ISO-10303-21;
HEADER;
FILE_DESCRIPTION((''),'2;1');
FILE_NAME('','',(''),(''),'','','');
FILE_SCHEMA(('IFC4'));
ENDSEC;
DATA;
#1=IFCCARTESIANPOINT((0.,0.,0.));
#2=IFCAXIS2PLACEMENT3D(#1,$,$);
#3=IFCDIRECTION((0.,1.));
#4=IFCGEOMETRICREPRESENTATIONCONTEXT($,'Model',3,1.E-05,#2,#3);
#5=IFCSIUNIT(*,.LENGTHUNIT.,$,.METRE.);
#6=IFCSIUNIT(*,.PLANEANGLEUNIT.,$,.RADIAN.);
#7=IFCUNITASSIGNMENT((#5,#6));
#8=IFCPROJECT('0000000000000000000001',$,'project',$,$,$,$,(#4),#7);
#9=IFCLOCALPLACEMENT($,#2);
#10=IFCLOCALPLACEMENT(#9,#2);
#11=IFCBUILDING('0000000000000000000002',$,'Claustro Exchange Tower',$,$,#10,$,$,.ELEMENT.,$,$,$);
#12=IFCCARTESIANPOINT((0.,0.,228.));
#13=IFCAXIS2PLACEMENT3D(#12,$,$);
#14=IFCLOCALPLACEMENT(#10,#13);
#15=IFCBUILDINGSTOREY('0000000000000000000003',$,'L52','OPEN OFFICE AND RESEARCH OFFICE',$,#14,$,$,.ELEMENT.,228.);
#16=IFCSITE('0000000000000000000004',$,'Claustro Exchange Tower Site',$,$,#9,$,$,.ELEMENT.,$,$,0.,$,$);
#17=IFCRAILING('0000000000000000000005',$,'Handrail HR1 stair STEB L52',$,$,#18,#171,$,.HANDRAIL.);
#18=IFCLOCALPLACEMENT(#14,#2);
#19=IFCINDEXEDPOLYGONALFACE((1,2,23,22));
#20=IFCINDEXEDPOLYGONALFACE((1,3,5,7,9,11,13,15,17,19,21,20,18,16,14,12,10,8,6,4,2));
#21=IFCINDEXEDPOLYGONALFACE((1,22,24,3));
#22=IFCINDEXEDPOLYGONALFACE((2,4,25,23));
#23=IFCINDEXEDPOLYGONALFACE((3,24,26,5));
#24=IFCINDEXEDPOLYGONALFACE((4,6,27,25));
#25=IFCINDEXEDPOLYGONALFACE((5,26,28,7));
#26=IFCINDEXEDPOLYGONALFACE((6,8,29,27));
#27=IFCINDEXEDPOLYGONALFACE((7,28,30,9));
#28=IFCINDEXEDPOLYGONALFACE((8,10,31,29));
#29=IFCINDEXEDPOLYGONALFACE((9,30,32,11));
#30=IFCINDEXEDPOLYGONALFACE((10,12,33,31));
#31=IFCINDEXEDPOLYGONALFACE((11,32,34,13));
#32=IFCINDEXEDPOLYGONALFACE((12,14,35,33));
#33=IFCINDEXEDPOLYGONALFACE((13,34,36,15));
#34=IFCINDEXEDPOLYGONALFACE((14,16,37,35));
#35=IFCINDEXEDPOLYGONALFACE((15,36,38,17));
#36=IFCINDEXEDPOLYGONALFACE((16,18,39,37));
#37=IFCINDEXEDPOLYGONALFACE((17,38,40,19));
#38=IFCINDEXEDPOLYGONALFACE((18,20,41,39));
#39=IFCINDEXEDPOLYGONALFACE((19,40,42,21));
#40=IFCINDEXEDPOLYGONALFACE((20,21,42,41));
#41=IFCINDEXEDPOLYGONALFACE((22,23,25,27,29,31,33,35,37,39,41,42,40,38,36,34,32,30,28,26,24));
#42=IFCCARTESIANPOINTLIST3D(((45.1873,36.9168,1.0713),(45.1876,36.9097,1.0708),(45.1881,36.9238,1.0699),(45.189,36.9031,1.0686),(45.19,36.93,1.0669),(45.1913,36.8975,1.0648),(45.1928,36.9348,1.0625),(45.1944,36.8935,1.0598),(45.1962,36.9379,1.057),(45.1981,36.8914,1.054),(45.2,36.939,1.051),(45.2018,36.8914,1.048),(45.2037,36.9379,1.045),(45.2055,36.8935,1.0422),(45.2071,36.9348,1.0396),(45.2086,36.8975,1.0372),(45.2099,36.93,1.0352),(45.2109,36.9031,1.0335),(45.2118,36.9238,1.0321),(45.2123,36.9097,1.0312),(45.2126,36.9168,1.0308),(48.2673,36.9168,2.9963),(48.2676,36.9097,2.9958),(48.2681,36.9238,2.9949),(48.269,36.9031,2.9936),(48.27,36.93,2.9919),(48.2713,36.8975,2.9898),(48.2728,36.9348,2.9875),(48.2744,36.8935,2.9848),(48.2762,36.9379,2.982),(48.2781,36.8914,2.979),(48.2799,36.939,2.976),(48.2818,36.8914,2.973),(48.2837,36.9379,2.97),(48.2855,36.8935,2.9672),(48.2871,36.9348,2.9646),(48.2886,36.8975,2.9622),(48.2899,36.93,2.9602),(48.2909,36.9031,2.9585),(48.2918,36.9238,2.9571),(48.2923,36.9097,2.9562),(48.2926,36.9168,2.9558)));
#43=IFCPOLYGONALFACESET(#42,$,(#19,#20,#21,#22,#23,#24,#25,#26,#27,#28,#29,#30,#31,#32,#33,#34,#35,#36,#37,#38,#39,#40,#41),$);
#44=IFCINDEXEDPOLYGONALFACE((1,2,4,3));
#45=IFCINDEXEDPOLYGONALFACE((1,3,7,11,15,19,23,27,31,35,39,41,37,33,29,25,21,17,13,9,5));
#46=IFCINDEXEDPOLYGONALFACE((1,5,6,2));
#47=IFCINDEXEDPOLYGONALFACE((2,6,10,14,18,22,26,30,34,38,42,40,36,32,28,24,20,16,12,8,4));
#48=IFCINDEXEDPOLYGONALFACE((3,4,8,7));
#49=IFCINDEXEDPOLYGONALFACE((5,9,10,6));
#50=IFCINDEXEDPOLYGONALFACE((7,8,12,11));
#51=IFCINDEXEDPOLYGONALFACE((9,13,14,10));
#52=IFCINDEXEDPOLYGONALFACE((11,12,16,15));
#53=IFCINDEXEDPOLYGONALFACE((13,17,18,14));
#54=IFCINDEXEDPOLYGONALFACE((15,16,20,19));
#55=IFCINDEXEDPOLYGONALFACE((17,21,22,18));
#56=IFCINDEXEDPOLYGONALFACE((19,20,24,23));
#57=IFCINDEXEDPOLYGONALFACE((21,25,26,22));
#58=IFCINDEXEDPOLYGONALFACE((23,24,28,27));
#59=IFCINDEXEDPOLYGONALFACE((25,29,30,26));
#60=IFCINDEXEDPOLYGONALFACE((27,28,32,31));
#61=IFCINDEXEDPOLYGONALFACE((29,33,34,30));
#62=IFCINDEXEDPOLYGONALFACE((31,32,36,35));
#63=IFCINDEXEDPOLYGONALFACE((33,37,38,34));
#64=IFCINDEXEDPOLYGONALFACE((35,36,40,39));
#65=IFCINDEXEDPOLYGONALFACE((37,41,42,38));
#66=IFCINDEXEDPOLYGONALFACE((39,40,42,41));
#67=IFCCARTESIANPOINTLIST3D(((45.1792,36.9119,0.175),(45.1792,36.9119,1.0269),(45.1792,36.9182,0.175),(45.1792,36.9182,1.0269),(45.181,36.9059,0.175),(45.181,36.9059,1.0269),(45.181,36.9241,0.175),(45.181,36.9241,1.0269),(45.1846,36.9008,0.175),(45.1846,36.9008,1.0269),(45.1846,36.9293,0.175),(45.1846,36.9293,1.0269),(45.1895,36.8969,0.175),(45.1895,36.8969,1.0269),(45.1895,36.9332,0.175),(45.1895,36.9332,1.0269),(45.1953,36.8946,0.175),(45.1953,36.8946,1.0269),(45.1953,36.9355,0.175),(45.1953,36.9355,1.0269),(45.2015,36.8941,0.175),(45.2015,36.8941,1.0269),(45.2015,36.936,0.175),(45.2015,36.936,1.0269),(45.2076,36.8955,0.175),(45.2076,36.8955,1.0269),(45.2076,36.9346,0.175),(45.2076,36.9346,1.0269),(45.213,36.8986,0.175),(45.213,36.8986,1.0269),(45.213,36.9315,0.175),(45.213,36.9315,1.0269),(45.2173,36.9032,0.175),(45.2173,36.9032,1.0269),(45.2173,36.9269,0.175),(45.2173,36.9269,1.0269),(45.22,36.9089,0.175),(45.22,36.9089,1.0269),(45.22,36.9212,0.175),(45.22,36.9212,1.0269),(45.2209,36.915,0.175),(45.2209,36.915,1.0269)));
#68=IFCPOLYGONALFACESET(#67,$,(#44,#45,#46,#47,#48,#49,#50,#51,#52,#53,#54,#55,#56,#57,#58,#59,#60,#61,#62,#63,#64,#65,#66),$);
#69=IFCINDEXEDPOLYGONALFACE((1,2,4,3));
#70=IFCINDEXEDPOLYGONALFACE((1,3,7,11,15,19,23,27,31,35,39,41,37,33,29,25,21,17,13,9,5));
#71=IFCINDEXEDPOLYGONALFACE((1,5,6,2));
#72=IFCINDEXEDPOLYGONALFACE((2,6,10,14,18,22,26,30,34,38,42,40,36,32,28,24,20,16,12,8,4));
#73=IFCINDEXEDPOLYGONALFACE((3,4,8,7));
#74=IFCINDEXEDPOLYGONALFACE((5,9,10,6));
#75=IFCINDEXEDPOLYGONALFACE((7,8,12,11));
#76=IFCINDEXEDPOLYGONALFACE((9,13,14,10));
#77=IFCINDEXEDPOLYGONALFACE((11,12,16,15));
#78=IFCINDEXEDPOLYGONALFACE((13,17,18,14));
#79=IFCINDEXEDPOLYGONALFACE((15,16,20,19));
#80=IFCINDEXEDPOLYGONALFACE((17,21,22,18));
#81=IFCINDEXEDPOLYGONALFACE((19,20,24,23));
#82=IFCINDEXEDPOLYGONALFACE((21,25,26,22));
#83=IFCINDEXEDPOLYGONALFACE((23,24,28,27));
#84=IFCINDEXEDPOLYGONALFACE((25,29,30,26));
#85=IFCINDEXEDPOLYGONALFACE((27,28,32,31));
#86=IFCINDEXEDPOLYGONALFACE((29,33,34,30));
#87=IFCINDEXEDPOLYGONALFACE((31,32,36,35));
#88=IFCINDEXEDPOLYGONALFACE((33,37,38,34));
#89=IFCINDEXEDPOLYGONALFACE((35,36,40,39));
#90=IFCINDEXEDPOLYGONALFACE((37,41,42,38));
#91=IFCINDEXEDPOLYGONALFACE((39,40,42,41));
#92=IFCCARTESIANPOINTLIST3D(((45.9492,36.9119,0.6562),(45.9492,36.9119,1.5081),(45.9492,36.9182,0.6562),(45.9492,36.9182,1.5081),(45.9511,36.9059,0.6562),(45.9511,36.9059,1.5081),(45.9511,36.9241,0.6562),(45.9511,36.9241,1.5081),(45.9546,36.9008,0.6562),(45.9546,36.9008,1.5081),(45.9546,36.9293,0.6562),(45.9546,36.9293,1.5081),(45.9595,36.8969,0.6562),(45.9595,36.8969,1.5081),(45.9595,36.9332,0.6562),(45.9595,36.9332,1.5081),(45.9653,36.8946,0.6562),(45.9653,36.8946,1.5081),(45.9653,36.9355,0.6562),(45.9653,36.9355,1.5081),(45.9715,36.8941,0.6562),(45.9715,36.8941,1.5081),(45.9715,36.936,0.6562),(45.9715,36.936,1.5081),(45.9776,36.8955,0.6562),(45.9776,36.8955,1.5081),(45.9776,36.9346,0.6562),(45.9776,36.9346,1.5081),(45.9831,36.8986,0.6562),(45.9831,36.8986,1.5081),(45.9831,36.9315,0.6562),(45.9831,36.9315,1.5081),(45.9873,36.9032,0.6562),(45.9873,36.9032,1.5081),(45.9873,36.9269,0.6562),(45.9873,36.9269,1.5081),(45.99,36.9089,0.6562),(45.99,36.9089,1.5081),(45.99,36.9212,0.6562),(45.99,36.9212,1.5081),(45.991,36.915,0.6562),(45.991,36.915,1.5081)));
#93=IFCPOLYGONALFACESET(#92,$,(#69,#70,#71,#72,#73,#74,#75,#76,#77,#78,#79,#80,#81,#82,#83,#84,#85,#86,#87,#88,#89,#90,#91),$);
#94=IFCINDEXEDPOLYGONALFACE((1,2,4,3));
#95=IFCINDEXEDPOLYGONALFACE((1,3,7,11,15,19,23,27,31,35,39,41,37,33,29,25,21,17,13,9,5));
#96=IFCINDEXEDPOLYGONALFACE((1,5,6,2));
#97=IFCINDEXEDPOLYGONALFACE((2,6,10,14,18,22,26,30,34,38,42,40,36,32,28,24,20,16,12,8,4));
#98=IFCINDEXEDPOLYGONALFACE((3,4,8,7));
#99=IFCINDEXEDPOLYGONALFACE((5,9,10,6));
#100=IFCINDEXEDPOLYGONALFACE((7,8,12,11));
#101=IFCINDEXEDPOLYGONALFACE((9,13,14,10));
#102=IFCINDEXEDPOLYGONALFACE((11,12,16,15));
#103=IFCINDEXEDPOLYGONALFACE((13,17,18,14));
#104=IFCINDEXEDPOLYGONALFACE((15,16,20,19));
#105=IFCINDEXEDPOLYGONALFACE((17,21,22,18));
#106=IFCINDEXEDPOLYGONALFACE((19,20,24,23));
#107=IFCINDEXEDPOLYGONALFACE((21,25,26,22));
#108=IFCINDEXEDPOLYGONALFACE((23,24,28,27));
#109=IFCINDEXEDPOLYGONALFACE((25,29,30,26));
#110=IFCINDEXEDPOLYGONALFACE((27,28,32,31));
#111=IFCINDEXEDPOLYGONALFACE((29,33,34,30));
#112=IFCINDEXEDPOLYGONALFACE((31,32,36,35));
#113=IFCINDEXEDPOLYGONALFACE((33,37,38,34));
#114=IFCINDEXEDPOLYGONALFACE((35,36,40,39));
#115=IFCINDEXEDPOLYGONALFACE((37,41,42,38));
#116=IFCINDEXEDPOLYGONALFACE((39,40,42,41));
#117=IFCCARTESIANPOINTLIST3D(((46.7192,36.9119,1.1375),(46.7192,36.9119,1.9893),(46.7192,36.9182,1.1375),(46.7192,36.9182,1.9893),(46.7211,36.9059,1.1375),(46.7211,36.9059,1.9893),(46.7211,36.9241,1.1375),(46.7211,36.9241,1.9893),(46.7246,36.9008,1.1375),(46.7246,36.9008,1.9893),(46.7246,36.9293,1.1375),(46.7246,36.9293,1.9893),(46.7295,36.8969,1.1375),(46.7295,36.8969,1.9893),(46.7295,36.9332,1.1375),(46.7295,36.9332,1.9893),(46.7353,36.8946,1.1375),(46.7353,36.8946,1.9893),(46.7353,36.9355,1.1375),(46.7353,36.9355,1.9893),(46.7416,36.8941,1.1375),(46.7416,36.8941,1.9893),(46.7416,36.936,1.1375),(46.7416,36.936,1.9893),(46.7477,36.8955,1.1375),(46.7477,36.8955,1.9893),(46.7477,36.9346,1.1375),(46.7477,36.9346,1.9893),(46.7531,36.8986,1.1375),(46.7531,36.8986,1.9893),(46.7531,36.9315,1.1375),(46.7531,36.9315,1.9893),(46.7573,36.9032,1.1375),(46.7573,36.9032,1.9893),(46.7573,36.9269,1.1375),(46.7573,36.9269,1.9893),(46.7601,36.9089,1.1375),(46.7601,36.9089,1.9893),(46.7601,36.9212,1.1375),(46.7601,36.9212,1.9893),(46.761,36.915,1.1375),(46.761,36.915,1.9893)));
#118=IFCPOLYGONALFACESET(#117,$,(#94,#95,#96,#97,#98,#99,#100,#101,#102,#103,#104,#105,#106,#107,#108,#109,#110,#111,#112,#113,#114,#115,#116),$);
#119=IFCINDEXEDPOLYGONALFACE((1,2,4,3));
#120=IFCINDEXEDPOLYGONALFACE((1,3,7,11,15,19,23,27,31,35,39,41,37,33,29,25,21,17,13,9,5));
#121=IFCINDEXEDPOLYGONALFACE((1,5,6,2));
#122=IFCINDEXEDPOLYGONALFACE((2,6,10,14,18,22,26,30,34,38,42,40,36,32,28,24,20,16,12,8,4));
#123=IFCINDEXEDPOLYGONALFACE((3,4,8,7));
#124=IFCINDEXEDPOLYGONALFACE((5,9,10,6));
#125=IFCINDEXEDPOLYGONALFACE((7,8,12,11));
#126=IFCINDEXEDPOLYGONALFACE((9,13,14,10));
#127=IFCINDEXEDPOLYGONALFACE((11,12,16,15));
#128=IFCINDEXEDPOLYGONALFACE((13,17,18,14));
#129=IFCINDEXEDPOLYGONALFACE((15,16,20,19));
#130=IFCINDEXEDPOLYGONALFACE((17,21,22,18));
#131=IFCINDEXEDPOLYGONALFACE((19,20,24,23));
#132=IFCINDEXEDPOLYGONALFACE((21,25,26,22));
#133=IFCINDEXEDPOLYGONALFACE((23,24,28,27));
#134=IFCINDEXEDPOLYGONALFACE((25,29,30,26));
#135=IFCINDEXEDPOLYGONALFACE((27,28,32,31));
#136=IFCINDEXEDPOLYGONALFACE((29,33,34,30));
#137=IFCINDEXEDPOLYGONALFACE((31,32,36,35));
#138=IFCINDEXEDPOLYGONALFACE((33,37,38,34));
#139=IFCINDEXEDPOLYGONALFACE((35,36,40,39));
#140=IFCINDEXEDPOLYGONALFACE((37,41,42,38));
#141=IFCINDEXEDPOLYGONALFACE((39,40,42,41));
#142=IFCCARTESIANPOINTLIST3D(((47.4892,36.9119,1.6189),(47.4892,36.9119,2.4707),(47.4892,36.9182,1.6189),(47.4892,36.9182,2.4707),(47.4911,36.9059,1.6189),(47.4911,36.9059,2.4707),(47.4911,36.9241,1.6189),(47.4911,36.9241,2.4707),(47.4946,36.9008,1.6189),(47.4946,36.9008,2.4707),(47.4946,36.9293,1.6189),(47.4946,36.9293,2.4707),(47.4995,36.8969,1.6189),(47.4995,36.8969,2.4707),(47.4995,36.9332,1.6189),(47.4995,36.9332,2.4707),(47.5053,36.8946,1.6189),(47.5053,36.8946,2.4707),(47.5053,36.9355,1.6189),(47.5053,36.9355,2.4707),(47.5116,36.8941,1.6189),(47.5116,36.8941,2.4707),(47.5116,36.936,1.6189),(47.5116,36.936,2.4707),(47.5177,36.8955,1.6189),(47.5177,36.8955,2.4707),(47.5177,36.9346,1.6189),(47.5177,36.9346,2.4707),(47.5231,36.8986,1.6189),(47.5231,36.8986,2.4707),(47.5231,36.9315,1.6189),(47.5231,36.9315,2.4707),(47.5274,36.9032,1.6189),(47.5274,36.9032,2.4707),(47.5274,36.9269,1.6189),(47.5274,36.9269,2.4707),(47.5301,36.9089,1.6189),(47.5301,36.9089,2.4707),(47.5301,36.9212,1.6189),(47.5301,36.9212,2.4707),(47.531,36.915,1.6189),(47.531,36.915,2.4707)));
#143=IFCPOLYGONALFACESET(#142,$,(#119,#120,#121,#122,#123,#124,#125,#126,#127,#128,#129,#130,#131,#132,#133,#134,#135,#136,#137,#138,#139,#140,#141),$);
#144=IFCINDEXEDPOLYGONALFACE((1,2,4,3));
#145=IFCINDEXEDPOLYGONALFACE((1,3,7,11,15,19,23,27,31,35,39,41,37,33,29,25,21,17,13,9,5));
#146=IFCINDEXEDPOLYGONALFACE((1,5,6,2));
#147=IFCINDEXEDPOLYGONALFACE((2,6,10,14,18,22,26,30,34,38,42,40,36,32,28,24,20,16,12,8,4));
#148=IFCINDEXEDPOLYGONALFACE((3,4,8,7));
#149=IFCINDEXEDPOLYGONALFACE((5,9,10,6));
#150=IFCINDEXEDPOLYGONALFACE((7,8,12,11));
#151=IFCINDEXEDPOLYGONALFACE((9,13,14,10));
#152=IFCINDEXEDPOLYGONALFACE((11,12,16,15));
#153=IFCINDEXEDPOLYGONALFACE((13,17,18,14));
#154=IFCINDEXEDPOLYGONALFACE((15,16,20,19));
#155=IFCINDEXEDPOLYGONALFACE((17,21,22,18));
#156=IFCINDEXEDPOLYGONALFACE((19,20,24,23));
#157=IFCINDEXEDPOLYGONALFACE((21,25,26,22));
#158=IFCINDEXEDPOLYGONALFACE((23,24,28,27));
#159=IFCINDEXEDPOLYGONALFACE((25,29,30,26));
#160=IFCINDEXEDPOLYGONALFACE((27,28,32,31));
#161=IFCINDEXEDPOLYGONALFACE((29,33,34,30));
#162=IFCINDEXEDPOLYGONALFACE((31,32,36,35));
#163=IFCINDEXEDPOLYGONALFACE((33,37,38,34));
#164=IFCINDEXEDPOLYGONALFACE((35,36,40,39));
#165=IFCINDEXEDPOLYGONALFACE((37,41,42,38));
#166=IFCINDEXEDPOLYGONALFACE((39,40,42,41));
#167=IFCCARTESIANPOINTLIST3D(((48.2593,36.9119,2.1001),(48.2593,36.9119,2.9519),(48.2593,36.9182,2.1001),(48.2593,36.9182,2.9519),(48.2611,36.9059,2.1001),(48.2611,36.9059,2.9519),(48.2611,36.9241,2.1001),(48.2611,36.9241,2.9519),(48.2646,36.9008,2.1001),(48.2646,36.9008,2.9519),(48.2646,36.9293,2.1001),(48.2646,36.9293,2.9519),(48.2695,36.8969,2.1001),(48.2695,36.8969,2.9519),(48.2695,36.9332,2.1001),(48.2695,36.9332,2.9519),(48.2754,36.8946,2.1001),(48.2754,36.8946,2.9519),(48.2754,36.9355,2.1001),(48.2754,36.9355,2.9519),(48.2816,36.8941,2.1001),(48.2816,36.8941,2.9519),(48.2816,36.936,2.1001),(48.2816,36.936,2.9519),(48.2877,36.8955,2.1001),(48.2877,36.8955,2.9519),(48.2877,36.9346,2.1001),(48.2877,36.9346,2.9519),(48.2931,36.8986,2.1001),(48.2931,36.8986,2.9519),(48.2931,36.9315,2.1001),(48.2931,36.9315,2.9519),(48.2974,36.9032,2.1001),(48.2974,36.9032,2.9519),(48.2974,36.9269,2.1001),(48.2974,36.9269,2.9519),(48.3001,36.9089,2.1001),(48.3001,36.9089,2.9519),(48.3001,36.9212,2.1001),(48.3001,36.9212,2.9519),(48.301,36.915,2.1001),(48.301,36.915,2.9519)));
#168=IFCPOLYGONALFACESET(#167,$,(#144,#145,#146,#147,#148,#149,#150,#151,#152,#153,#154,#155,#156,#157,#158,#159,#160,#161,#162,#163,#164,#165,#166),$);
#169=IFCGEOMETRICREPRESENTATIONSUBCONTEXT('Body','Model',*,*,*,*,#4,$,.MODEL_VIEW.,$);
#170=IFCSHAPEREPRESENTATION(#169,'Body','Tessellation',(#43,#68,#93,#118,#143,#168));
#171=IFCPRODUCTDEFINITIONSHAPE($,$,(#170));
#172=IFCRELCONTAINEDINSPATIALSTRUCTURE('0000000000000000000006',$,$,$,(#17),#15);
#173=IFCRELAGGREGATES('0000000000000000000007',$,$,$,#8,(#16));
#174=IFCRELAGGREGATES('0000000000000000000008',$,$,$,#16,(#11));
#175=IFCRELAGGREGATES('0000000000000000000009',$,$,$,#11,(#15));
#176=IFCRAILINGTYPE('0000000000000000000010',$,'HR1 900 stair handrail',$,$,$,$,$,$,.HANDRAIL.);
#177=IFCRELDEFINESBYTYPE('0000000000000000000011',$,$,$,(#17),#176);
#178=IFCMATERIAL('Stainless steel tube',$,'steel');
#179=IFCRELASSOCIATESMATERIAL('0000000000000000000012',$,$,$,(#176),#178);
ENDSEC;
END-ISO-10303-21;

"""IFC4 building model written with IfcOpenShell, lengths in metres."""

from ifc_helpers import new_model, si_unit, direction, frame, origin, origin_2d, place, context, subcontext, project, spatial, circle, extrude, material, type_object, element, save


model = new_model("IFC4")

# Units and contexts
model_context = context("Model", 3, precision=1e-05, world=origin(), true_north=direction((0.0, 1.0)))
body_context = subcontext(model_context, "Body", "Model", "MODEL_VIEW")
ifc_project = project(units=[si_unit("LENGTHUNIT", "METRE"), si_unit("PLANEANGLEUNIT", "RADIAN")], contexts=[model_context])

# Site, building, storey
site_placement = place(None, origin())
site = spatial("IfcSite", under=ifc_project, at=site_placement, Name="Claustro Exchange Tower Site", CompositionType="ELEMENT", RefElevation=0.0)
building_placement = place(site_placement, origin())
building = spatial("IfcBuilding", under=site, at=building_placement, Name="Claustro Exchange Tower", CompositionType="ELEMENT")
storey_placement = place(building_placement, frame((0.0, 0.0, 228.0)))
storey = spatial("IfcBuildingStorey", under=building, at=storey_placement, Name="L52", Description="OPEN OFFICE AND RESEARCH OFFICE", CompositionType="ELEMENT", Elevation=228.0)

# Railing
ifc_material_1 = material(Name="Stainless steel tube", Category="steel")
railing_type_1 = type_object("IfcRailingType", Name="HR1 900 stair handrail", PredefinedType="HANDRAIL", material=ifc_material_1)
railing_1_placement = place(storey_placement, frame((45.2, 36.915, 0.175)))
element("IfcRailing", 1, at=railing_1_placement, inside=storey, type_object=railing_type_1, Name="Handrail HR1 stair STEB L52", PredefinedType="HANDRAIL", context=body_context, shape_type="SweptSolid", body=[
    extrude(circle(Radius=0.0239, at=origin_2d()), frame((0.0, 0.0, 0.876), z_axis=(0.847998, 0.0, 0.529999), x_axis=(0.0, 1.0, 0.0)), (0.0, 0.0, 1.0), 3.6321),
    extrude(circle(Radius=0.021, at=origin_2d()), origin(), (0.0, 0.0, 1.0), 0.8518),
    extrude(circle(Radius=0.021, at=origin_2d()), frame((0.77, 0.0, 0.4812)), (0.0, 0.0, 1.0), 0.8518),
    extrude(circle(Radius=0.021, at=origin_2d()), frame((1.54, 0.0, 0.9624)), (0.0, 0.0, 1.0), 0.8518),
    extrude(circle(Radius=0.021, at=origin_2d()), frame((2.3101, 0.0, 1.4438)), (0.0, 0.0, 1.0), 0.8518),
    extrude(circle(Radius=0.021, at=origin_2d()), frame((3.0801, 0.0, 1.925)), (0.0, 0.0, 1.0), 0.8518),
])

save(model, "model.ifc")
